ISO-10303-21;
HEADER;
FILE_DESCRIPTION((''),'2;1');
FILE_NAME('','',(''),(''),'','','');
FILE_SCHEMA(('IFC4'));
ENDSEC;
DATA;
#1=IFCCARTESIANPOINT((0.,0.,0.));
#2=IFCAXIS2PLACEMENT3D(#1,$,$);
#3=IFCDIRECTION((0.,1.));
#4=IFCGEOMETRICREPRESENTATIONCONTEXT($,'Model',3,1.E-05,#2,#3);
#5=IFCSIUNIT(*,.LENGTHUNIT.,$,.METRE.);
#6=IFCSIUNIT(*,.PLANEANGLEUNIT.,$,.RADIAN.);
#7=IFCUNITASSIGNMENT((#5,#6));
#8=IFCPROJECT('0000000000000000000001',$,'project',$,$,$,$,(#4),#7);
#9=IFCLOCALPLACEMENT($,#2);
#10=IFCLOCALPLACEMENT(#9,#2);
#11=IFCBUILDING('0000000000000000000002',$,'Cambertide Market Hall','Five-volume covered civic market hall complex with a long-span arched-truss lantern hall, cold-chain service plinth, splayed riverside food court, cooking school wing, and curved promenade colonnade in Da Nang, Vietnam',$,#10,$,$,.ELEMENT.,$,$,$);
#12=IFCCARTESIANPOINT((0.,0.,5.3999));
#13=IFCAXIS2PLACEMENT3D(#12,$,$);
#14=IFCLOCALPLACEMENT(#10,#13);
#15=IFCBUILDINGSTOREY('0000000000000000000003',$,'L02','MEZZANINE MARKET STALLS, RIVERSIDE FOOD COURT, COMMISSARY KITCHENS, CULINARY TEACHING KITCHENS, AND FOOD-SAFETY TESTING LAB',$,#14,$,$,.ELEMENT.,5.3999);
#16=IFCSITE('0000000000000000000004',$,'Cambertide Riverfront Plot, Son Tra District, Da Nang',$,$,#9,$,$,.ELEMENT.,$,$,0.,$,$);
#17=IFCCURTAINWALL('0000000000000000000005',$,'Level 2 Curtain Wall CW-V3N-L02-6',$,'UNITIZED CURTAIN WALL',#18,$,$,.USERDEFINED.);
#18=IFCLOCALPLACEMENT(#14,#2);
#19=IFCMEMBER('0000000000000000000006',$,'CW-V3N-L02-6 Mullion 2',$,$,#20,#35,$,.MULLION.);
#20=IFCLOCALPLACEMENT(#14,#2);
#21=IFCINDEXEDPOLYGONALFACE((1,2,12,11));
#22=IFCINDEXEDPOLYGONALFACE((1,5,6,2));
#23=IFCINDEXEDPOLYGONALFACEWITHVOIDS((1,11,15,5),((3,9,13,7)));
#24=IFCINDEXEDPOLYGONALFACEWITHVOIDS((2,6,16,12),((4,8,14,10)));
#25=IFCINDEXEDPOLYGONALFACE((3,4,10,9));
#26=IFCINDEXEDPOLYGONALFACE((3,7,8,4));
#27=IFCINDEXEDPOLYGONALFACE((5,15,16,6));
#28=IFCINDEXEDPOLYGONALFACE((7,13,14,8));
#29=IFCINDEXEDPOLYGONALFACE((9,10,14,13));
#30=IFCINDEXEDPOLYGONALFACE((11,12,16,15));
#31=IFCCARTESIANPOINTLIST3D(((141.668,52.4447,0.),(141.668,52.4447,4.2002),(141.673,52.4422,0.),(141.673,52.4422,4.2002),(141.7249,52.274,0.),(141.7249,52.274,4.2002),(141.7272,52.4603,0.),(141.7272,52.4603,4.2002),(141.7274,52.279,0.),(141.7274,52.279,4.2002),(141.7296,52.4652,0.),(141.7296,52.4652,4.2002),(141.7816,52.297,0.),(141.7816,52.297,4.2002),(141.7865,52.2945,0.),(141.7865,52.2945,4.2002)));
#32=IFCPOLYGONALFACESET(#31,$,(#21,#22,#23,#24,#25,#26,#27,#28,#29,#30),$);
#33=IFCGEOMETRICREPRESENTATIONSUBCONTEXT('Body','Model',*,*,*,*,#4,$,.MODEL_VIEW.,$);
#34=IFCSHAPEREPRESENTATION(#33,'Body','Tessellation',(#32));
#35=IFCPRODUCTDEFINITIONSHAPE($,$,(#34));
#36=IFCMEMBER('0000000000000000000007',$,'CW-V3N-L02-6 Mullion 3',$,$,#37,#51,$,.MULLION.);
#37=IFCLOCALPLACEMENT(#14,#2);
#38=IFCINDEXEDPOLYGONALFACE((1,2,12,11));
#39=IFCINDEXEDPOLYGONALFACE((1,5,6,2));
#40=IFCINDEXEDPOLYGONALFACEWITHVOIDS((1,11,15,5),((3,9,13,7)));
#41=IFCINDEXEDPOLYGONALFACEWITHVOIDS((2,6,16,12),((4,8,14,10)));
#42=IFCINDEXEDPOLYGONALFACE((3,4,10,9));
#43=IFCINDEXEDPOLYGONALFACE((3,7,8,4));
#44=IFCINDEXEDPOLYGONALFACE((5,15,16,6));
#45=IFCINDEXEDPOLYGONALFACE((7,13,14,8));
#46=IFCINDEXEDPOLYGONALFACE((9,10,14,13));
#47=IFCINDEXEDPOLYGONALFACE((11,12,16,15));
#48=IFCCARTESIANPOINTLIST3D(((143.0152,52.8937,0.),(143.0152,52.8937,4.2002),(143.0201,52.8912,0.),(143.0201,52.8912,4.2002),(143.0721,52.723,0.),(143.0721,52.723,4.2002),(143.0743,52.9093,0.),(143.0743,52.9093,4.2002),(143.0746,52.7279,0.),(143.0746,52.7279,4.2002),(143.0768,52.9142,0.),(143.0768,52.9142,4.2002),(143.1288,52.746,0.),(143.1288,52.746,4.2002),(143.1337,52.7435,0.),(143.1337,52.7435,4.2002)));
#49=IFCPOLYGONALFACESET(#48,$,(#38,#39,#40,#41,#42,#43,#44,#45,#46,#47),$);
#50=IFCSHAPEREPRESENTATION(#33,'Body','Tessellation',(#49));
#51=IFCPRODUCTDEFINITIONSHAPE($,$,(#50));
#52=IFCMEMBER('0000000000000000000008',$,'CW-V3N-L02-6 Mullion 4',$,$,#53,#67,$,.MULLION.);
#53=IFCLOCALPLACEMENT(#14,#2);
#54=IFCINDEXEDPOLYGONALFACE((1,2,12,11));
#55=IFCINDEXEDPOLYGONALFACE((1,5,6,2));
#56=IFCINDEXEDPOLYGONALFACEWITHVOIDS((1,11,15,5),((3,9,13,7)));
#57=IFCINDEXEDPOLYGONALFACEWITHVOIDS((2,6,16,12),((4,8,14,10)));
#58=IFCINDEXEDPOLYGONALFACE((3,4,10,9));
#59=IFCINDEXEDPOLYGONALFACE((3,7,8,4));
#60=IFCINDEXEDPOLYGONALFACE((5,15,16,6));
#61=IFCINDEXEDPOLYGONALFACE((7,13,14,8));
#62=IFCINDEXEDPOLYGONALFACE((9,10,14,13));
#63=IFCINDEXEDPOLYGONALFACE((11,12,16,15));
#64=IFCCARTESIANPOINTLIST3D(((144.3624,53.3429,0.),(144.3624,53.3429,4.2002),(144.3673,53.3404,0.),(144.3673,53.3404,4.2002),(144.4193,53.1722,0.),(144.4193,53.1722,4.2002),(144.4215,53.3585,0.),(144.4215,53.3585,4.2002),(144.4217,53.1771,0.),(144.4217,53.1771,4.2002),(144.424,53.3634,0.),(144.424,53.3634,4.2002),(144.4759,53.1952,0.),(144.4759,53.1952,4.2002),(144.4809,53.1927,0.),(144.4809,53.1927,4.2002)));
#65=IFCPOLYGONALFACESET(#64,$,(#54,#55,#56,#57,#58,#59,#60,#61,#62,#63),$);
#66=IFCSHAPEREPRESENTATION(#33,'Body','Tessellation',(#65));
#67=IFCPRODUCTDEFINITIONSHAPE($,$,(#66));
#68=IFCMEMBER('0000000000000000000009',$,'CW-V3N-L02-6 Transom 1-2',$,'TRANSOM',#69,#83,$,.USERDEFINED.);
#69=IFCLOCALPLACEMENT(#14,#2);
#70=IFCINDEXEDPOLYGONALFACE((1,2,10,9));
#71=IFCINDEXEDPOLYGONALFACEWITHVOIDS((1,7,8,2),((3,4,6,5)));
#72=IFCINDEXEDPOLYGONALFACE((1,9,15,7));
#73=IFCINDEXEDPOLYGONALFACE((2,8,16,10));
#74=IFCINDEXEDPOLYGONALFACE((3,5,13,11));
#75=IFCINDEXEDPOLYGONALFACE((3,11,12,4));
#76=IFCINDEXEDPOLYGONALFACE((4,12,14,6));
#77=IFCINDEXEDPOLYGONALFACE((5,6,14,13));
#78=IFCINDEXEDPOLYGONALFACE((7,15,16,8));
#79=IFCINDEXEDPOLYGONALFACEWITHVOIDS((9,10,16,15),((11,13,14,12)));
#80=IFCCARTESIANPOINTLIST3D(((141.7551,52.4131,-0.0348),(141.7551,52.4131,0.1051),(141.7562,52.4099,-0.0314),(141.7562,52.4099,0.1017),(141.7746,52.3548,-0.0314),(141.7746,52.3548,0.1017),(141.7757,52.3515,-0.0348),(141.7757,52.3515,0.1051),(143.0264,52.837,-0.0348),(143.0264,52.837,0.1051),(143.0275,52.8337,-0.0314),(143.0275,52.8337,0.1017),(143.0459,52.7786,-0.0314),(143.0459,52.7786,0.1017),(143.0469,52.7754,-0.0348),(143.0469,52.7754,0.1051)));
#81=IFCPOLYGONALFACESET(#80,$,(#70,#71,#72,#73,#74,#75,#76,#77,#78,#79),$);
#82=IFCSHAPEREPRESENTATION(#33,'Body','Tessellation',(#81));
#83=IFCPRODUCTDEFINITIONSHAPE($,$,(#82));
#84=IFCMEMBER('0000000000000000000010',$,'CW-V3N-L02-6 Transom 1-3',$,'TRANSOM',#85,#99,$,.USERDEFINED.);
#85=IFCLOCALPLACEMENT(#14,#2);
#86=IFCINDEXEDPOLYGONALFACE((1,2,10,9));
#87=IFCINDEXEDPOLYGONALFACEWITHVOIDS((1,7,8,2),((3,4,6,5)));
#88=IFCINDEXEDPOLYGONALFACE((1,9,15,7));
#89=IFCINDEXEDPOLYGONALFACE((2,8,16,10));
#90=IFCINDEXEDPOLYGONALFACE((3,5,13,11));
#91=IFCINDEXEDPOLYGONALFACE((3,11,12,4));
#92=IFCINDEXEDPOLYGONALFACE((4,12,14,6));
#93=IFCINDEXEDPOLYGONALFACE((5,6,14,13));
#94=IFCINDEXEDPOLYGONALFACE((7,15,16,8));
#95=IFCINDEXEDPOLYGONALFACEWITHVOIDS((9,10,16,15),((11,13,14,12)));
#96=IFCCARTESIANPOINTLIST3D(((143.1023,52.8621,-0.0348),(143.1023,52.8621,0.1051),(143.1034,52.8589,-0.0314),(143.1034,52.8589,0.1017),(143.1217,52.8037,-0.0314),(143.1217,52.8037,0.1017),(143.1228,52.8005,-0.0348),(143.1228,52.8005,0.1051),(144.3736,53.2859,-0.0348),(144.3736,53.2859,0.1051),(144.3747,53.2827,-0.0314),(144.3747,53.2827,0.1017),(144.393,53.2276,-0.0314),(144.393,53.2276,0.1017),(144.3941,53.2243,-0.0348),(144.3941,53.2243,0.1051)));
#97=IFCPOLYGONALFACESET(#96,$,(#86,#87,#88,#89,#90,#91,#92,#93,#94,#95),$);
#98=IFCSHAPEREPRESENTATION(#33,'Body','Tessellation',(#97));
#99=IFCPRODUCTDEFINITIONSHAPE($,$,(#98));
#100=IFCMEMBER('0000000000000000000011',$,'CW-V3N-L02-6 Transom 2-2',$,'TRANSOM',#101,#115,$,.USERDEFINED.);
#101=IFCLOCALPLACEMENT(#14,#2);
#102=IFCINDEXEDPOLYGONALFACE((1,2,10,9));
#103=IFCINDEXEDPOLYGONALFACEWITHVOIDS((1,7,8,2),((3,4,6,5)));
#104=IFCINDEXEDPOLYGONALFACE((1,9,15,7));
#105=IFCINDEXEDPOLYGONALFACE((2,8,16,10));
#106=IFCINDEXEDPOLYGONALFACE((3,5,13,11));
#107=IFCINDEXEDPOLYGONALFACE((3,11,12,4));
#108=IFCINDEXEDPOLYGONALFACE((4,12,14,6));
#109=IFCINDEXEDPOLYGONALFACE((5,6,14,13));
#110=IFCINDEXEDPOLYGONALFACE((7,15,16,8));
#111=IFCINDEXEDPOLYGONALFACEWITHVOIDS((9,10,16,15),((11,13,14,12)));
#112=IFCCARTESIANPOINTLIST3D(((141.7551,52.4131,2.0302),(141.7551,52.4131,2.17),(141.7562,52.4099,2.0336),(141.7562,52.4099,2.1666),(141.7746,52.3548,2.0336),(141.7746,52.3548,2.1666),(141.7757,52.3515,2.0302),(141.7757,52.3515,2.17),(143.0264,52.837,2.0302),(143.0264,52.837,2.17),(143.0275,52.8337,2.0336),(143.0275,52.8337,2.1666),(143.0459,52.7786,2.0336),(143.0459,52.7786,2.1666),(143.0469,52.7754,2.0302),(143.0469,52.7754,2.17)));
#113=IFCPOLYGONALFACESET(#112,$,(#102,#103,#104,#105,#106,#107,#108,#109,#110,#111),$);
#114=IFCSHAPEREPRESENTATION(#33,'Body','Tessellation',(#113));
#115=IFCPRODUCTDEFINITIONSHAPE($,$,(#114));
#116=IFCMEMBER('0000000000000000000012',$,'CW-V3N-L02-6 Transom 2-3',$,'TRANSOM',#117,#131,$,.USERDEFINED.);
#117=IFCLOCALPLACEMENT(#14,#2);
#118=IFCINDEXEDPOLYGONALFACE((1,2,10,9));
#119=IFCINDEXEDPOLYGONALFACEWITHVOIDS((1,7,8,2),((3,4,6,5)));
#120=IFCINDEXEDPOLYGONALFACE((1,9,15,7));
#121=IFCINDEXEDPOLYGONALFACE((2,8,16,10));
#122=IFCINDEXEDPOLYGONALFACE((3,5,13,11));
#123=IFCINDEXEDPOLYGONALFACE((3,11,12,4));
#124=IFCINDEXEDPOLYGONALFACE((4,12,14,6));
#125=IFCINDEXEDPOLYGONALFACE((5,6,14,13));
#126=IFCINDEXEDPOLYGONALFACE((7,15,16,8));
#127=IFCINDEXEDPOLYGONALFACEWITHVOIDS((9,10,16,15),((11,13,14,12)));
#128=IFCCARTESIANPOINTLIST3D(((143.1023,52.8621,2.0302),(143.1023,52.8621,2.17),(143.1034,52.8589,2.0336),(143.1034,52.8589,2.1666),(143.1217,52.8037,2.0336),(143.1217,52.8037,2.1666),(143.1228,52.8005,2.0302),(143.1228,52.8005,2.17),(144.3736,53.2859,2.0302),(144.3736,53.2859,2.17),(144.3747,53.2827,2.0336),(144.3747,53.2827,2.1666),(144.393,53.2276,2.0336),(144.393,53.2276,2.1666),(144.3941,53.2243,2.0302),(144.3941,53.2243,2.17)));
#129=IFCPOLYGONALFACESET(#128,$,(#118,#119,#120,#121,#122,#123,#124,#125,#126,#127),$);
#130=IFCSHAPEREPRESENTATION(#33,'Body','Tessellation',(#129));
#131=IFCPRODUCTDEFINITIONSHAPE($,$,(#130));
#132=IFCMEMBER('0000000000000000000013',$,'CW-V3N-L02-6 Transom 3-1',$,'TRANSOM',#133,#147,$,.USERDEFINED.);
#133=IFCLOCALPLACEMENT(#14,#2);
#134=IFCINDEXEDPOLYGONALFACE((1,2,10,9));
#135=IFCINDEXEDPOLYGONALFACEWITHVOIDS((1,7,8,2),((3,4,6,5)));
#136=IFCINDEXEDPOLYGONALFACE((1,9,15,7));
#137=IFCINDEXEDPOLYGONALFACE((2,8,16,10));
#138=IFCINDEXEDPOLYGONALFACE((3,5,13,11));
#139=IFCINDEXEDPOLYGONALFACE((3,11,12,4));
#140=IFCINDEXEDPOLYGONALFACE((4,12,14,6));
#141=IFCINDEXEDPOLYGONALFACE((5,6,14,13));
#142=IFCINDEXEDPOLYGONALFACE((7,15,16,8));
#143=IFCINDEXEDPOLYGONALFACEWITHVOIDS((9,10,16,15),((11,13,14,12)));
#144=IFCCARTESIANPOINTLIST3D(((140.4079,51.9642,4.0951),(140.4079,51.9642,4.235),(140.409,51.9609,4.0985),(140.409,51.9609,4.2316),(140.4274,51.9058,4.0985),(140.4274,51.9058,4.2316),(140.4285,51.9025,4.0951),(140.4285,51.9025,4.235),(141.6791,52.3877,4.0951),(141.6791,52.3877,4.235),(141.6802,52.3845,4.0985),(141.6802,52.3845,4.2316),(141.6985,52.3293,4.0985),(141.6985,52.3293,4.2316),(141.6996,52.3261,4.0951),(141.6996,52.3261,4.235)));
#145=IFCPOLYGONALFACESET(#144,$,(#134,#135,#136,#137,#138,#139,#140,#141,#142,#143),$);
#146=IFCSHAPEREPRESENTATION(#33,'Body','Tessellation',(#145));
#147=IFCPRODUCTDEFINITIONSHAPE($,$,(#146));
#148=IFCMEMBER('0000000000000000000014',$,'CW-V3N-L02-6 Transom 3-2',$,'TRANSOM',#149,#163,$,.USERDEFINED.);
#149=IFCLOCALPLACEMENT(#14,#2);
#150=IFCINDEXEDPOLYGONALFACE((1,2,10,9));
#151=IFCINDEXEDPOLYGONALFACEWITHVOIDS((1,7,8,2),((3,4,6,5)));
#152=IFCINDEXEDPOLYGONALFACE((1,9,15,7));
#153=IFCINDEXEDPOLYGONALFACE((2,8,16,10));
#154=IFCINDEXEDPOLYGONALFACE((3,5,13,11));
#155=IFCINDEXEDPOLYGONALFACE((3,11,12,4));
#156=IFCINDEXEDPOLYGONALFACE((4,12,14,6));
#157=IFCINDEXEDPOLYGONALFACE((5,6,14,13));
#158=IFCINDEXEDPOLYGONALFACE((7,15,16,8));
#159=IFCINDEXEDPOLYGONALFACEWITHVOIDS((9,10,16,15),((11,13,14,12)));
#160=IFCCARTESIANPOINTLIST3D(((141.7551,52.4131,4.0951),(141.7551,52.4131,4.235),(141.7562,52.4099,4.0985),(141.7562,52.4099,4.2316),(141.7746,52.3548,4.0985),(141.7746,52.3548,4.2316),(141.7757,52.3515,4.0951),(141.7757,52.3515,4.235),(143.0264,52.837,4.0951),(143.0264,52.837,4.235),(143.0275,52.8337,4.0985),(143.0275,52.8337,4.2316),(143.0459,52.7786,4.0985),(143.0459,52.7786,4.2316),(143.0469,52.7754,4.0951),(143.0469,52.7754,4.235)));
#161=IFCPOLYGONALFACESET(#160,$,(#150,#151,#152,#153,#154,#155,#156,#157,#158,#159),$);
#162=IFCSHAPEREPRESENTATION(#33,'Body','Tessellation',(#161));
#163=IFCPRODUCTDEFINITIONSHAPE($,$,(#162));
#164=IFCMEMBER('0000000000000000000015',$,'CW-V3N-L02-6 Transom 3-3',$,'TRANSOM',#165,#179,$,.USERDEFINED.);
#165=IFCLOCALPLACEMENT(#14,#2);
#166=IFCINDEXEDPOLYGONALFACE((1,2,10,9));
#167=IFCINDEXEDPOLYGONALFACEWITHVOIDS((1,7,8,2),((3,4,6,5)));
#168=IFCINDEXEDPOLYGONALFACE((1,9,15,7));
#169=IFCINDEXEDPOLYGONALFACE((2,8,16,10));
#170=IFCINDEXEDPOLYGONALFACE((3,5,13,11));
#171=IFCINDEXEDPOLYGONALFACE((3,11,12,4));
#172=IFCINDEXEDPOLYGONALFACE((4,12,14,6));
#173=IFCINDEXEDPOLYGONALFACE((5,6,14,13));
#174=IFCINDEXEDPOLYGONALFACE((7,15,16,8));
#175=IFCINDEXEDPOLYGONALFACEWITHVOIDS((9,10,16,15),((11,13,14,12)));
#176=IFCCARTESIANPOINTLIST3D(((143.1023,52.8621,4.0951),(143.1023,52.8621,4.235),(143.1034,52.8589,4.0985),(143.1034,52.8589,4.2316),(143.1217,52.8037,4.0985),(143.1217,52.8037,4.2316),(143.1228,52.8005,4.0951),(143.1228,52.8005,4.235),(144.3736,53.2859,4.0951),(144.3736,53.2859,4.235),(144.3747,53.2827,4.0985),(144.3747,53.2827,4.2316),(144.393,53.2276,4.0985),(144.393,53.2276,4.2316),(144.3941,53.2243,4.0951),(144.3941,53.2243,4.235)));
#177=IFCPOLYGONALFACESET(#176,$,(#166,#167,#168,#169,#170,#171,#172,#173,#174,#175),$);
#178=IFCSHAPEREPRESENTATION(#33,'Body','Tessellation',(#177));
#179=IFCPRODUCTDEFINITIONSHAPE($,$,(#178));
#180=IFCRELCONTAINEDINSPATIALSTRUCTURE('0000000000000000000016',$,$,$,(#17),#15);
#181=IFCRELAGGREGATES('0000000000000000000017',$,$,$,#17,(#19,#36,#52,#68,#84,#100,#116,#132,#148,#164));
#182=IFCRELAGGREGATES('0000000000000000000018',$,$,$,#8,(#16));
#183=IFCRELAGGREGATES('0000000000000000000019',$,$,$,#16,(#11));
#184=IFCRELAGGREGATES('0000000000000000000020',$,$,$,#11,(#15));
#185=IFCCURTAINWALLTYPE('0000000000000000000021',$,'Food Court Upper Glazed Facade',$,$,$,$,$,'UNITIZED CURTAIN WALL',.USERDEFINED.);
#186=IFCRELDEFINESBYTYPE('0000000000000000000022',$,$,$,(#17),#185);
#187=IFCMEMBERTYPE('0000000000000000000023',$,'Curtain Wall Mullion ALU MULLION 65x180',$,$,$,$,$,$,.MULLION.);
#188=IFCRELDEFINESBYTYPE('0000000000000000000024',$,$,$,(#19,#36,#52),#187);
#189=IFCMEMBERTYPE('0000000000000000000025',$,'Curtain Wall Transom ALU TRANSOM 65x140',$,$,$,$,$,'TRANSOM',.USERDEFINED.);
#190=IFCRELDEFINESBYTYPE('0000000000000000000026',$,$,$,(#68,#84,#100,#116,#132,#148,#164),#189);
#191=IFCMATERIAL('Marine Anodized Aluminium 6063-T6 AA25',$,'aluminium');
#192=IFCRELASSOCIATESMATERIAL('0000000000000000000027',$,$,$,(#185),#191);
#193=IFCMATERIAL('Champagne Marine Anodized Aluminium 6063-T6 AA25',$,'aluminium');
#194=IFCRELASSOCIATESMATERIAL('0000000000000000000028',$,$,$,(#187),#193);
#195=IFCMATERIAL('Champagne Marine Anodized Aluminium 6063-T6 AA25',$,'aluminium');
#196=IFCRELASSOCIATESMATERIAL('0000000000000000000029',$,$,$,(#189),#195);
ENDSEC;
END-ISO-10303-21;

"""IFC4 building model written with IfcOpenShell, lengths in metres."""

from ifc_helpers import new_model, si_unit, direction, frame, origin, origin_2d, place, context, subcontext, project, spatial, hollow_rectangle, extrude, material, material_profile, profile_set, type_object, element, aggregate, save


model = new_model("IFC4")

# Units and contexts
model_context = context("Model", 3, precision=1e-05, world=origin(), true_north=direction((0.0, 1.0)))
body_context = subcontext(model_context, "Body", "Model", "MODEL_VIEW")
ifc_project = project(units=[si_unit("LENGTHUNIT", "METRE"), si_unit("PLANEANGLEUNIT", "RADIAN")], contexts=[model_context])

# Site, building, storey
site_placement = place(None, origin())
site = spatial("IfcSite", under=ifc_project, at=site_placement, Name="Cambertide Riverfront Plot, Son Tra District, Da Nang", CompositionType="ELEMENT", RefElevation=0.0)
building_placement = place(site_placement, origin())
building = spatial("IfcBuilding", under=site, at=building_placement, Name="Cambertide Market Hall", Description="Five-volume covered civic market hall complex with a long-span arched-truss lantern hall, cold-chain service plinth, splayed riverside food court, cooking school wing, and curved promenade colonnade in Da Nang, Vietnam", CompositionType="ELEMENT")
storey_placement = place(building_placement, frame((0.0, 0.0, 5.3999)))
storey = spatial("IfcBuildingStorey", under=building, at=storey_placement, Name="L02", Description="MEZZANINE MARKET STALLS, RIVERSIDE FOOD COURT, COMMISSARY KITCHENS, CULINARY TEACHING KITCHENS, AND FOOD-SAFETY TESTING LAB", CompositionType="ELEMENT", Elevation=5.3999)

# Curtain wall, members
ifc_material_1 = material(Name="Marine Anodized Aluminium 6063-T6 AA25", Category="aluminium")
curtain_wall_type = type_object("IfcCurtainWallType", Name="Food Court Upper Glazed Facade", ElementType="UNITIZED CURTAIN WALL", PredefinedType="USERDEFINED", material=ifc_material_1)
curtain_wall_placement = place(storey_placement, origin())
curtain_wall = element("IfcCurtainWall", 1, at=curtain_wall_placement, inside=storey, type_object=curtain_wall_type, Name="Level 2 Curtain Wall CW-V3N-L02-6", ObjectType="UNITIZED CURTAIN WALL", PredefinedType="USERDEFINED")
ifc_material_2 = material(Name="Champagne Marine Anodized Aluminium 6063-T6 AA25", Category="aluminium")
ifc_material_profile_1 = material_profile(ifc_material_2, hollow_rectangle(XDim=0.0649, YDim=0.1799, WallThickness=0.0039, at=origin_2d()), Name="ALU MULLION 65x180")
ifc_profile_set_1 = profile_set([ifc_material_profile_1], Name="Champagne Marine Anodized Aluminium 6063-T6 AA25")
member_type_1 = type_object("IfcMemberType", Name="Curtain Wall Mullion ALU MULLION 65x180", PredefinedType="MULLION", material=ifc_profile_set_1)
member_1_placement = place(storey_placement, frame((141.7273, 52.3696, 0.0), z_axis=(0.0, 0.0, 1.0), x_axis=(0.948683, 0.316228, 0.0)))
member_1 = element("IfcMember", 2, at=member_1_placement, type_object=member_type_1, Name="CW-V3N-L02-6 Mullion 2", PredefinedType="MULLION", context=body_context, shape_type="SweptSolid", body=[
    extrude(hollow_rectangle(XDim=0.0649, YDim=0.1799, WallThickness=0.0039, at=origin_2d()), origin(), (0.0, 0.0, 1.0), 4.2002),
])
member_2_placement = place(storey_placement, frame((143.0745, 52.8186, 0.0), z_axis=(0.0, 0.0, 1.0), x_axis=(0.948683, 0.316228, 0.0)))
member_2 = element("IfcMember", 3, at=member_2_placement, type_object=member_type_1, Name="CW-V3N-L02-6 Mullion 3", PredefinedType="MULLION", context=body_context, shape_type="SweptSolid", body=[
    extrude(hollow_rectangle(XDim=0.0649, YDim=0.1799, WallThickness=0.0039, at=origin_2d()), origin(), (0.0, 0.0, 1.0), 4.2002),
])
member_3_placement = place(storey_placement, frame((144.4216, 53.2678, 0.0), z_axis=(0.0, 0.0, 1.0), x_axis=(0.948683, 0.316228, 0.0)))
member_3 = element("IfcMember", 4, at=member_3_placement, type_object=member_type_1, Name="CW-V3N-L02-6 Mullion 4", PredefinedType="MULLION", context=body_context, shape_type="SweptSolid", body=[
    extrude(hollow_rectangle(XDim=0.0649, YDim=0.1799, WallThickness=0.0039, at=origin_2d()), origin(), (0.0, 0.0, 1.0), 4.2002),
])
ifc_material_3 = material(Name="Champagne Marine Anodized Aluminium 6063-T6 AA25", Category="aluminium")
ifc_material_profile_2 = material_profile(ifc_material_3, hollow_rectangle(XDim=0.0649, YDim=0.1399, WallThickness=0.0034, at=origin_2d()), Name="ALU TRANSOM 65x140")
ifc_profile_set_2 = profile_set([ifc_material_profile_2], Name="Champagne Marine Anodized Aluminium 6063-T6 AA25")
member_type_2 = type_object("IfcMemberType", Name="Curtain Wall Transom ALU TRANSOM 65x140", ElementType="TRANSOM", PredefinedType="USERDEFINED", material=ifc_profile_set_2)
member_4_placement = place(storey_placement, frame((141.7654, 52.3823, 0.0352), z_axis=(0.948665, 0.316282, 0.0), x_axis=(-0.316282, 0.948665, 0.0)))
member_4 = element("IfcMember", 5, at=member_4_placement, type_object=member_type_2, Name="CW-V3N-L02-6 Transom 1-2", ObjectType="TRANSOM", PredefinedType="USERDEFINED", context=body_context, shape_type="SweptSolid", body=[
    extrude(hollow_rectangle(XDim=0.0649, YDim=0.1399, WallThickness=0.0034, at=origin_2d()), origin(), (0.0, 0.0, 1.0), 1.3401),
])
member_5_placement = place(storey_placement, frame((143.1125, 52.8313, 0.0352), z_axis=(0.948665, 0.316282, 0.0), x_axis=(-0.316282, 0.948665, 0.0)))
member_5 = element("IfcMember", 6, at=member_5_placement, type_object=member_type_2, Name="CW-V3N-L02-6 Transom 1-3", ObjectType="TRANSOM", PredefinedType="USERDEFINED", context=body_context, shape_type="SweptSolid", body=[
    extrude(hollow_rectangle(XDim=0.0649, YDim=0.1399, WallThickness=0.0034, at=origin_2d()), origin(), (0.0, 0.0, 1.0), 1.3401),
])
member_6_placement = place(storey_placement, frame((141.7654, 52.3823, 2.1001), z_axis=(0.948665, 0.316282, 0.0), x_axis=(-0.316282, 0.948665, 0.0)))
member_6 = element("IfcMember", 7, at=member_6_placement, type_object=member_type_2, Name="CW-V3N-L02-6 Transom 2-2", ObjectType="TRANSOM", PredefinedType="USERDEFINED", context=body_context, shape_type="SweptSolid", body=[
    extrude(hollow_rectangle(XDim=0.0649, YDim=0.1399, WallThickness=0.0034, at=origin_2d()), origin(), (0.0, 0.0, 1.0), 1.3401),
])
member_7_placement = place(storey_placement, frame((143.1125, 52.8313, 2.1001), z_axis=(0.948665, 0.316282, 0.0), x_axis=(-0.316282, 0.948665, 0.0)))
member_7 = element("IfcMember", 8, at=member_7_placement, type_object=member_type_2, Name="CW-V3N-L02-6 Transom 2-3", ObjectType="TRANSOM", PredefinedType="USERDEFINED", context=body_context, shape_type="SweptSolid", body=[
    extrude(hollow_rectangle(XDim=0.0649, YDim=0.1399, WallThickness=0.0034, at=origin_2d()), origin(), (0.0, 0.0, 1.0), 1.3401),
])
member_8_placement = place(storey_placement, frame((140.4182, 51.9333, 4.165), z_axis=(0.94872, 0.316118, 0.0), x_axis=(-0.316118, 0.94872, 0.0)))
member_8 = element("IfcMember", 9, at=member_8_placement, type_object=member_type_2, Name="CW-V3N-L02-6 Transom 3-1", ObjectType="TRANSOM", PredefinedType="USERDEFINED", context=body_context, shape_type="SweptSolid", body=[
    extrude(hollow_rectangle(XDim=0.0649, YDim=0.1399, WallThickness=0.0034, at=origin_2d()), origin(), (0.0, 0.0, 1.0), 1.3398),
])
member_9_placement = place(storey_placement, frame((141.7654, 52.3823, 4.165), z_axis=(0.948665, 0.316282, 0.0), x_axis=(-0.316282, 0.948665, 0.0)))
member_9 = element("IfcMember", 10, at=member_9_placement, type_object=member_type_2, Name="CW-V3N-L02-6 Transom 3-2", ObjectType="TRANSOM", PredefinedType="USERDEFINED", context=body_context, shape_type="SweptSolid", body=[
    extrude(hollow_rectangle(XDim=0.0649, YDim=0.1399, WallThickness=0.0034, at=origin_2d()), origin(), (0.0, 0.0, 1.0), 1.3401),
])
member_10_placement = place(storey_placement, frame((143.1125, 52.8313, 4.165), z_axis=(0.948665, 0.316282, 0.0), x_axis=(-0.316282, 0.948665, 0.0)))
member_10 = element("IfcMember", 11, at=member_10_placement, type_object=member_type_2, Name="CW-V3N-L02-6 Transom 3-3", ObjectType="TRANSOM", PredefinedType="USERDEFINED", context=body_context, shape_type="SweptSolid", body=[
    extrude(hollow_rectangle(XDim=0.0649, YDim=0.1399, WallThickness=0.0034, at=origin_2d()), origin(), (0.0, 0.0, 1.0), 1.3401),
])

aggregate(curtain_wall, [member_1, member_2, member_3, member_4, member_5, member_6, member_7, member_8, member_9, member_10])

save(model, "model.ifc")
